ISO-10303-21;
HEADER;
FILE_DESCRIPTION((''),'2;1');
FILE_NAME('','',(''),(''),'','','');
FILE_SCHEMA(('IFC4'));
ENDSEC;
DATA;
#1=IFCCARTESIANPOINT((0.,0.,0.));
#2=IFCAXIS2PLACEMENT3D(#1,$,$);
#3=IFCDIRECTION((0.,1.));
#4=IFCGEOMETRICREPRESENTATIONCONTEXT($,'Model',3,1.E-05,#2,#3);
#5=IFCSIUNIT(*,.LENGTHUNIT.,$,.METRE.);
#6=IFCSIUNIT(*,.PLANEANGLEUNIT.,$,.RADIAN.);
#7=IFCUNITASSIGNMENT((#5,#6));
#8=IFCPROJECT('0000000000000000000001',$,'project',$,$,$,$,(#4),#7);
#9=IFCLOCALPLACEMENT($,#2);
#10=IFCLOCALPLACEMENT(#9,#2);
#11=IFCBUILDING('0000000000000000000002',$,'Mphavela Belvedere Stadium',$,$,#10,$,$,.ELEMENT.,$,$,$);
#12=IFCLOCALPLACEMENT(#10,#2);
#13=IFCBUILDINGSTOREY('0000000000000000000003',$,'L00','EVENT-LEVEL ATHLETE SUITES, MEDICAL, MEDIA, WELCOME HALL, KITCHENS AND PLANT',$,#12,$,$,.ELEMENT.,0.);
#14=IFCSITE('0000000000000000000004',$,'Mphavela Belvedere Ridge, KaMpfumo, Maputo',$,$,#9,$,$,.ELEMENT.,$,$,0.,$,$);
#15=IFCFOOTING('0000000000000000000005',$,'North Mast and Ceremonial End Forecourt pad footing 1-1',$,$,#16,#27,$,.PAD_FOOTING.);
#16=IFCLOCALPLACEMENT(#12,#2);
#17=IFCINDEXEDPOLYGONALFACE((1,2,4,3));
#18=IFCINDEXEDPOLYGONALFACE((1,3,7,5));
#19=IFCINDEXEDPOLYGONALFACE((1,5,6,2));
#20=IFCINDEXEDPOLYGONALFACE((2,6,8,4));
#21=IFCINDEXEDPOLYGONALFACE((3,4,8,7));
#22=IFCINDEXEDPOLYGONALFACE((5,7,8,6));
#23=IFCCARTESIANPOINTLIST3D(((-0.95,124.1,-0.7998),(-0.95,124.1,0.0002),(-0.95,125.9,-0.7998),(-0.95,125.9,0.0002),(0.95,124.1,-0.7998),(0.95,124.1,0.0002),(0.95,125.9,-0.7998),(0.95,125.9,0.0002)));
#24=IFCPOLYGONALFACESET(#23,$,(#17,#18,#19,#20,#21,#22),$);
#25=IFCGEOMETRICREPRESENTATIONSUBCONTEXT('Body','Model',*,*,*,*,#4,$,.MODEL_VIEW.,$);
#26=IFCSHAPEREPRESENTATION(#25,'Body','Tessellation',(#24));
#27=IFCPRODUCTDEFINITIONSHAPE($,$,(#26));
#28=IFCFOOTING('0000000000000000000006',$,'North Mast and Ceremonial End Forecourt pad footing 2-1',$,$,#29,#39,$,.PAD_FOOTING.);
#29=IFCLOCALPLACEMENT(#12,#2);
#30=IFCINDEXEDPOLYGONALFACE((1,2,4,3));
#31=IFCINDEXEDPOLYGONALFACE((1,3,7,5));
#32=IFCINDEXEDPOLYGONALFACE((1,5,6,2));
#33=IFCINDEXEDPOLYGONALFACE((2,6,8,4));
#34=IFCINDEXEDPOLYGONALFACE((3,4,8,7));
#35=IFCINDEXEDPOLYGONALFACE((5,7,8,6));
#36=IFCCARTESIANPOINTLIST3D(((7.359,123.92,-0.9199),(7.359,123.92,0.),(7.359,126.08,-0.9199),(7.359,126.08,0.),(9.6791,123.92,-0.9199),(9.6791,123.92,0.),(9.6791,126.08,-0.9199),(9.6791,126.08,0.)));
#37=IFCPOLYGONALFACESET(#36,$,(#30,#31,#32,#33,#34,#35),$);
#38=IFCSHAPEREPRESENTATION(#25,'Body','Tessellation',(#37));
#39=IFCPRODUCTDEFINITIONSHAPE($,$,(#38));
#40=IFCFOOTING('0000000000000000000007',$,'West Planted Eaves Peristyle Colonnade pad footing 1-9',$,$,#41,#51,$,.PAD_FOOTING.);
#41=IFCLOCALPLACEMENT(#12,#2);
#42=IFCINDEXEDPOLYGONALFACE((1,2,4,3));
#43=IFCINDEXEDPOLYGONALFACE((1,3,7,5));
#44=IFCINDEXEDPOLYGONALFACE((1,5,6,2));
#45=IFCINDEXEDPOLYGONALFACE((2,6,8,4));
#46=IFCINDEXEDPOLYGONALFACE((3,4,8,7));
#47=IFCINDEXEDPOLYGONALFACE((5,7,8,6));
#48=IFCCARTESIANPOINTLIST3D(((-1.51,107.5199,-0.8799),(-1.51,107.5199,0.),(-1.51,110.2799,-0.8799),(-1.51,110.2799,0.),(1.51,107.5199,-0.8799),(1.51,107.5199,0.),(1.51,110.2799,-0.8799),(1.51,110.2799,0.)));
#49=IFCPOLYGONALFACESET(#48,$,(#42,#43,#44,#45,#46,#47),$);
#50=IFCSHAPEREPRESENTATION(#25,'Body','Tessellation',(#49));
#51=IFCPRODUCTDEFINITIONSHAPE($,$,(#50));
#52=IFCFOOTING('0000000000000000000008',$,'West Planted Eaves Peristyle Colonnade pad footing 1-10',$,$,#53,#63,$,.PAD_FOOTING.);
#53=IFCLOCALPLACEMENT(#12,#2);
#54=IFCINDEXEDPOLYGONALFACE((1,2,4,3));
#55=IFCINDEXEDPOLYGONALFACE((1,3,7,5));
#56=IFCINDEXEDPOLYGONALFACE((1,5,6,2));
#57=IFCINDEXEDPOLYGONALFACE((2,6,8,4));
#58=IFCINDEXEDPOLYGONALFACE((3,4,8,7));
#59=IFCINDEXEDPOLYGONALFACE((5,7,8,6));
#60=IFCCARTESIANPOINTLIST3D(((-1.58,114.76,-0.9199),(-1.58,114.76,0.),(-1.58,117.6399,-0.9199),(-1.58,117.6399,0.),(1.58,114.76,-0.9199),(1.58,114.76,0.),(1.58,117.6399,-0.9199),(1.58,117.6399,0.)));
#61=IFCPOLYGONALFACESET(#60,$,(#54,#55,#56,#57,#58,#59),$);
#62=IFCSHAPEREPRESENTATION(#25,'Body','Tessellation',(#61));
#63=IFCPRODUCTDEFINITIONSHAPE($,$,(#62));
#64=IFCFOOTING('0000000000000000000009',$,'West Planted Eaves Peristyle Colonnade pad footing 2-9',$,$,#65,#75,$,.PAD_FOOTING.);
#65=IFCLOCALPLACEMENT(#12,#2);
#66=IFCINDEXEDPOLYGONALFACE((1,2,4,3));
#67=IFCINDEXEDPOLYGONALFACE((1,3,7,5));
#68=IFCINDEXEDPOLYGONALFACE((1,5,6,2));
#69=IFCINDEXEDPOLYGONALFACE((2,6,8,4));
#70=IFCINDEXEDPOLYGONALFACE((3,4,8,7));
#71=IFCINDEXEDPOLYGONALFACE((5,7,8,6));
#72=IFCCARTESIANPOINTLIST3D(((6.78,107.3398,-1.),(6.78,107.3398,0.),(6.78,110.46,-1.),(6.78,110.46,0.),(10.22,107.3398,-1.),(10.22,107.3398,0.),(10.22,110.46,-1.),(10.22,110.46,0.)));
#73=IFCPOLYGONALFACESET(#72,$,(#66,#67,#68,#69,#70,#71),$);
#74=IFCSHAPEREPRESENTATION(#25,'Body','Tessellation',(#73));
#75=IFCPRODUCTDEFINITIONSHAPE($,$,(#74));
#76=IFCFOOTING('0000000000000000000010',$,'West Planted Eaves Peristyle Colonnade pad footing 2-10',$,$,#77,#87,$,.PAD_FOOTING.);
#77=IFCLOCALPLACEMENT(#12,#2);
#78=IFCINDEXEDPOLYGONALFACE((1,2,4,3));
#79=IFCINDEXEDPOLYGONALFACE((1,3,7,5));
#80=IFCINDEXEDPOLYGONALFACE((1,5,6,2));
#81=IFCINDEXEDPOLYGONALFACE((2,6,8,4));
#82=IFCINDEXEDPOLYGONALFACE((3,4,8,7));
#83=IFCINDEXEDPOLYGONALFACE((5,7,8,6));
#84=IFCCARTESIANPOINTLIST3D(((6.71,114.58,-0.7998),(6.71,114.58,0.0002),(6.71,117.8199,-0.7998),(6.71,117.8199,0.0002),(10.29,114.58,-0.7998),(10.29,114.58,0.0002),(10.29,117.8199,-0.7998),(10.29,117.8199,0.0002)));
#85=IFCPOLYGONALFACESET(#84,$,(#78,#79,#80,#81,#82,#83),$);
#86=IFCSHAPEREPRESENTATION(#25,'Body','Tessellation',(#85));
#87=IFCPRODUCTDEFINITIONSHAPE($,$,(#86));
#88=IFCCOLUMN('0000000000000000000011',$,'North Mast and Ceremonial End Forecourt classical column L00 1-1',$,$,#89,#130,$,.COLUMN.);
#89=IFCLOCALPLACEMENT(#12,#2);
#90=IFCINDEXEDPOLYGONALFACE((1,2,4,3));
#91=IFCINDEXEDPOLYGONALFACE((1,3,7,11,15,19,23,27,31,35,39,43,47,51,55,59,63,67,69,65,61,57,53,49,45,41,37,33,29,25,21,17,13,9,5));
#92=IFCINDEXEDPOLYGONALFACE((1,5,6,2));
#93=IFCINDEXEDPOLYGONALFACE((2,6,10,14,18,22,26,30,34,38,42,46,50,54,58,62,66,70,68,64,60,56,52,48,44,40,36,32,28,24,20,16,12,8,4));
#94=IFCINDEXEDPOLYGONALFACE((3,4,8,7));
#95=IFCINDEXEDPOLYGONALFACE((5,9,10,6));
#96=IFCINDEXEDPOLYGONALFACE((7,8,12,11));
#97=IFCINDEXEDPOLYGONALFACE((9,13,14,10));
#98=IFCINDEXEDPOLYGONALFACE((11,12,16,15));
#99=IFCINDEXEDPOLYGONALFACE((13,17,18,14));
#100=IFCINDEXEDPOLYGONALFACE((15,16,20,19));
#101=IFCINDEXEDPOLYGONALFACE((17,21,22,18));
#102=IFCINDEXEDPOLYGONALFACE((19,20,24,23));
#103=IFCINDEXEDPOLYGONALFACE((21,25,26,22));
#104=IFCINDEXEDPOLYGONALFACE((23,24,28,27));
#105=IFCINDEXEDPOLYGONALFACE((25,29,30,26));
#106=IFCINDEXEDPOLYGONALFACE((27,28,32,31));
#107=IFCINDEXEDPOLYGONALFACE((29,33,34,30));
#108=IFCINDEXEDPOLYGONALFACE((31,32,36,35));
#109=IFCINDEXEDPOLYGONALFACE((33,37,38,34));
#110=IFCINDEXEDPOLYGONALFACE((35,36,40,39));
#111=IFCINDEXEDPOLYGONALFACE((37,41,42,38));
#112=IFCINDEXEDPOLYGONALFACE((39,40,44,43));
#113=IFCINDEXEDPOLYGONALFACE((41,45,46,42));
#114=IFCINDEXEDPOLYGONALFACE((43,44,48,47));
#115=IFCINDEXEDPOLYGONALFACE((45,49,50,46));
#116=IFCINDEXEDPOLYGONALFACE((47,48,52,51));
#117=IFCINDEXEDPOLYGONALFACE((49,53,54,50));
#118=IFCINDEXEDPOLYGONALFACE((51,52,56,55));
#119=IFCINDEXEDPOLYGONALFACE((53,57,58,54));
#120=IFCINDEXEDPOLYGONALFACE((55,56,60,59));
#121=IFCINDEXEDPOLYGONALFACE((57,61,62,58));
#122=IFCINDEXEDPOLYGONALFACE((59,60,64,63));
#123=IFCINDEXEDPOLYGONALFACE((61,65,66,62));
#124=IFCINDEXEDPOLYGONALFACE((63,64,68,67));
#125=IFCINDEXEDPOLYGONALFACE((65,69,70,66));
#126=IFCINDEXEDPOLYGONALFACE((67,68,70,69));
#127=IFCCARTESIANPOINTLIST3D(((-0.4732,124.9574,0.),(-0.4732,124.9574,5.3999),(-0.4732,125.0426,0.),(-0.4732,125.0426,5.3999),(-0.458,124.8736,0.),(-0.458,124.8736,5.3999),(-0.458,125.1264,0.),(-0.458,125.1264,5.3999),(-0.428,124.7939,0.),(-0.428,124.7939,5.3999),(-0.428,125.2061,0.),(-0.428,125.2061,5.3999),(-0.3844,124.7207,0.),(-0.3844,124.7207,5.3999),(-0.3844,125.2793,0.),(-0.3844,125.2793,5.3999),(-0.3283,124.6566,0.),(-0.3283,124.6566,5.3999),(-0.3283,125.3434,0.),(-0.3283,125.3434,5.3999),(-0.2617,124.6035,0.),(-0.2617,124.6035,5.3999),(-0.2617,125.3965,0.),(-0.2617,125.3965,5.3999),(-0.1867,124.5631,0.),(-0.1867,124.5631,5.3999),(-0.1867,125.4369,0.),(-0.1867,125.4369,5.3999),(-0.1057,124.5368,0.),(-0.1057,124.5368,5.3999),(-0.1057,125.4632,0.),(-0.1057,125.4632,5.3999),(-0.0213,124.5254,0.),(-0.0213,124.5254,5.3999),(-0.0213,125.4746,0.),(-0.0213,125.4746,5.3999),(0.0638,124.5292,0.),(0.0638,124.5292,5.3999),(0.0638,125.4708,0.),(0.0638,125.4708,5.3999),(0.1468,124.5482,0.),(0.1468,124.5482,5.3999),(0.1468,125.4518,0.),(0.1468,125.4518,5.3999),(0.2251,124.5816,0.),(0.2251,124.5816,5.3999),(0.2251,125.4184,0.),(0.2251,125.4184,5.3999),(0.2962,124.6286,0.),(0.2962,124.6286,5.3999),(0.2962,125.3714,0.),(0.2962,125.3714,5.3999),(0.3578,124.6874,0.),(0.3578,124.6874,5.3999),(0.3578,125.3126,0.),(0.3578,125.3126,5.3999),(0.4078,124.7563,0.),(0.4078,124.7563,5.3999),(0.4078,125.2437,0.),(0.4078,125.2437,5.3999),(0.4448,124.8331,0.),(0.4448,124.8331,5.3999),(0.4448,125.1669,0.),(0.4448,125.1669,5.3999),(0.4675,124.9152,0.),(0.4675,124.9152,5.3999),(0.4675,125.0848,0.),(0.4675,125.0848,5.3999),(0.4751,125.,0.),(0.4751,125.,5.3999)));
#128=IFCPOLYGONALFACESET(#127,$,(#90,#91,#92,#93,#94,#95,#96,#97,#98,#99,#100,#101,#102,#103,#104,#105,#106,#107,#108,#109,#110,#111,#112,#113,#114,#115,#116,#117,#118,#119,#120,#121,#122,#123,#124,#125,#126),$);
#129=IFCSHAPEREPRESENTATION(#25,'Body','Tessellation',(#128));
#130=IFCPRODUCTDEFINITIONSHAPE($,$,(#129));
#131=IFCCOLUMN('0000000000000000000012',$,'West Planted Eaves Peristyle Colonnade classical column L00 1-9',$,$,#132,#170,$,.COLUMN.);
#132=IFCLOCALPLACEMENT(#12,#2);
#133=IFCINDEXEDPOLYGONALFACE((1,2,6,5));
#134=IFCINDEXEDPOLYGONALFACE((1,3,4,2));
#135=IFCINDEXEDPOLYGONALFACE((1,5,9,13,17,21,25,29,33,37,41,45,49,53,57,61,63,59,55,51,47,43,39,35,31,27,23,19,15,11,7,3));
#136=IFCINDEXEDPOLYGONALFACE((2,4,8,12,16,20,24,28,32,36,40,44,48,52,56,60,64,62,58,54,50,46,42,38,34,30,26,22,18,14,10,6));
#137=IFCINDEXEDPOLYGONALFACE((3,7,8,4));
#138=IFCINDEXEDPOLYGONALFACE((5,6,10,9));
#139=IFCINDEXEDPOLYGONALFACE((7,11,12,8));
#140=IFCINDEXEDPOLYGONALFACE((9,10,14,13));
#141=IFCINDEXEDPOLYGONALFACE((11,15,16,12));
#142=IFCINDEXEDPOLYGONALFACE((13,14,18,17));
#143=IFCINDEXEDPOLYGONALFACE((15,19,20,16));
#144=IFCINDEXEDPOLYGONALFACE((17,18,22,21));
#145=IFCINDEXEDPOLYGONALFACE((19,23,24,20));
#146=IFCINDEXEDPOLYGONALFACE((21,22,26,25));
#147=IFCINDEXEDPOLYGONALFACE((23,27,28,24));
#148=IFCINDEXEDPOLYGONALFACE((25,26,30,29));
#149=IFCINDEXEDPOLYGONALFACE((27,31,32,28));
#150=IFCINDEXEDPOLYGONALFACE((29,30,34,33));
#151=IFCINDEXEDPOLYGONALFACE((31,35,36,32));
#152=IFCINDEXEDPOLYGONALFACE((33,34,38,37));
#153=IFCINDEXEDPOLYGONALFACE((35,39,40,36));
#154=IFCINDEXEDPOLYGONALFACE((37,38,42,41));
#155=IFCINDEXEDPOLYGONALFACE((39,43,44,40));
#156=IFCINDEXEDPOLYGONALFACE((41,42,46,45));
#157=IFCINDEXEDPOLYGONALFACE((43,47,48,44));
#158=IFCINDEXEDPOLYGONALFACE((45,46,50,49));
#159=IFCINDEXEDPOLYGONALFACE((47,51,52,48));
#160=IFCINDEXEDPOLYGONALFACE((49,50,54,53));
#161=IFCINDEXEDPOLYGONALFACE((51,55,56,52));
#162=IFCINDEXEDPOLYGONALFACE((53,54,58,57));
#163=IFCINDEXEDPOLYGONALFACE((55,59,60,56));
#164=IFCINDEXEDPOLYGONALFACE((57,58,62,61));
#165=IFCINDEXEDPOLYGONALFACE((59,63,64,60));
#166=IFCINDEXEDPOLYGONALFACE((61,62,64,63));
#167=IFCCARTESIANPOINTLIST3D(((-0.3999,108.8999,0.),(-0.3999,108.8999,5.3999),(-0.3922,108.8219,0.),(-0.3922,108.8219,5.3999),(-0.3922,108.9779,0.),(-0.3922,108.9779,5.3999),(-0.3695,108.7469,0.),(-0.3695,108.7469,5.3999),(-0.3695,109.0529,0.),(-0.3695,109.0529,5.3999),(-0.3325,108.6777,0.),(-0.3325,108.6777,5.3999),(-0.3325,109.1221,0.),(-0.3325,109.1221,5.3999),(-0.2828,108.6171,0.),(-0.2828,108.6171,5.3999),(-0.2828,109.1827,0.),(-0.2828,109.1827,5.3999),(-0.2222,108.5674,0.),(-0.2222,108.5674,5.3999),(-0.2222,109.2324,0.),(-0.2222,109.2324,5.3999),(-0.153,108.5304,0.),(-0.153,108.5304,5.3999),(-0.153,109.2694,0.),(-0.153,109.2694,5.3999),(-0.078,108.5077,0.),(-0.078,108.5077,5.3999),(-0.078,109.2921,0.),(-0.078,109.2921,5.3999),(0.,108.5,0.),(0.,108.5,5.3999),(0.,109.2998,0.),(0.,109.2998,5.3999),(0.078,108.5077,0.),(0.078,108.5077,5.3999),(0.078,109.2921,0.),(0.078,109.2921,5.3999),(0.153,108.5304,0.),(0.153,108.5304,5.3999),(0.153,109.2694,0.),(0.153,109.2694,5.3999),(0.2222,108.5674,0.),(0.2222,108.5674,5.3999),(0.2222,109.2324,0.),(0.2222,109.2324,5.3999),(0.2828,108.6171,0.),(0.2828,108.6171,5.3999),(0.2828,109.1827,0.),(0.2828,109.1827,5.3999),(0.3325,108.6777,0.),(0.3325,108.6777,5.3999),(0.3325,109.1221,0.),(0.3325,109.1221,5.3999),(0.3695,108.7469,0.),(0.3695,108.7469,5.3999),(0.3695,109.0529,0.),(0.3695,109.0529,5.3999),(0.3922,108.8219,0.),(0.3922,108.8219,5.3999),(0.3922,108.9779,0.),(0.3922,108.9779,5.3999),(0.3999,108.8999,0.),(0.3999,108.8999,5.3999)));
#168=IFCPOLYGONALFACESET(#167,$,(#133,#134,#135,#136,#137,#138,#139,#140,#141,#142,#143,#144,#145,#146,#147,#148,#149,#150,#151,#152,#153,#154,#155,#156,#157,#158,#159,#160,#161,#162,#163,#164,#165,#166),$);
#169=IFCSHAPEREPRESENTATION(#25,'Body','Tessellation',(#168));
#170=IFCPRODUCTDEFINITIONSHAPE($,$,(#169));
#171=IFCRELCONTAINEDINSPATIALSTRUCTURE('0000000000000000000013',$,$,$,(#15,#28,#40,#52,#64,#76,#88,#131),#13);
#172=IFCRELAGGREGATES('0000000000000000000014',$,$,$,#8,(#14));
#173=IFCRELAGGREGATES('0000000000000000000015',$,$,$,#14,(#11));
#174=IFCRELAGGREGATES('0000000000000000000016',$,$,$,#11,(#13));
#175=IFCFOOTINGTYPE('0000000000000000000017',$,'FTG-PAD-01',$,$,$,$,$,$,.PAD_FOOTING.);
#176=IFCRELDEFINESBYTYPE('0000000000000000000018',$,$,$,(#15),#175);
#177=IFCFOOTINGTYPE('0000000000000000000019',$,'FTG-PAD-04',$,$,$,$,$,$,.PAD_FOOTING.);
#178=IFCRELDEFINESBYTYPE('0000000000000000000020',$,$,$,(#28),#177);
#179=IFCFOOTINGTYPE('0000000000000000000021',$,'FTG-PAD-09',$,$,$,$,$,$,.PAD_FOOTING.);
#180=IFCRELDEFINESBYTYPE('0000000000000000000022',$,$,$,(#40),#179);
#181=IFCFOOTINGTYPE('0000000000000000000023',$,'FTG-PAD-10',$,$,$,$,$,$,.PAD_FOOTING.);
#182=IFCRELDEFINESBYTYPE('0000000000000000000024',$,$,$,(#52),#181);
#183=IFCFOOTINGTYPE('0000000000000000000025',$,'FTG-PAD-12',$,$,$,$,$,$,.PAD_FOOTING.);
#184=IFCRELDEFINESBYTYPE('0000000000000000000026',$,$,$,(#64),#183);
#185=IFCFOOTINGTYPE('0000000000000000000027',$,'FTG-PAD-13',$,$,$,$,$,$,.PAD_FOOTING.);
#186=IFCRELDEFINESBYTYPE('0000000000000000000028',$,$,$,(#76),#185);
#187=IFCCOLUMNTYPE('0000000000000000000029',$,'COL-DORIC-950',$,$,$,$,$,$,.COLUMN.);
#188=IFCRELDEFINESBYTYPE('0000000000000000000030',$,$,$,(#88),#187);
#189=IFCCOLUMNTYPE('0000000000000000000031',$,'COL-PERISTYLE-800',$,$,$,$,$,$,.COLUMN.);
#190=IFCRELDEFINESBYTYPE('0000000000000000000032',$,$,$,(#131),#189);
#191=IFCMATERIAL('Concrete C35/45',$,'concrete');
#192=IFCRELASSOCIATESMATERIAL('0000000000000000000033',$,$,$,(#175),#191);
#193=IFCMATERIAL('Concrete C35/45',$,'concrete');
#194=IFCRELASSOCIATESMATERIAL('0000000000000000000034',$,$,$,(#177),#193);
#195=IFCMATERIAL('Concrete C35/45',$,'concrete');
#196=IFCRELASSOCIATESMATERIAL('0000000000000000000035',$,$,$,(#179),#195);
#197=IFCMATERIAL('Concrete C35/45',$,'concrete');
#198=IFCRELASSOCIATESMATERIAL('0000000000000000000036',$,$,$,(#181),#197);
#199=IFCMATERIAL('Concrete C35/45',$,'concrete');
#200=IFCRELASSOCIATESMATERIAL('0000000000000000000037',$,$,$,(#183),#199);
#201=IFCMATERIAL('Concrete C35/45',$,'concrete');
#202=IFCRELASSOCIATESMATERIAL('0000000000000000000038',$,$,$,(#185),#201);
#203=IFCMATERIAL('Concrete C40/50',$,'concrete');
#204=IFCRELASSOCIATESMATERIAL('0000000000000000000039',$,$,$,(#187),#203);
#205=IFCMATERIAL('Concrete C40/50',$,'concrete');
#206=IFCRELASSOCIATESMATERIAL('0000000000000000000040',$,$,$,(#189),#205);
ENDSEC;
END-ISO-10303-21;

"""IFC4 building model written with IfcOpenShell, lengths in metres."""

from ifc_helpers import new_model, si_unit, direction, frame, origin, origin_2d, place, context, subcontext, project, spatial, rectangle, circle, extrude, material, material_profile, profile_set, type_object, element, save


model = new_model("IFC4")

# Units and contexts
model_context = context("Model", 3, precision=1e-05, world=origin(), true_north=direction((0.0, 1.0)))
body_context = subcontext(model_context, "Body", "Model", "MODEL_VIEW")
ifc_project = project(units=[si_unit("LENGTHUNIT", "METRE"), si_unit("PLANEANGLEUNIT", "RADIAN")], contexts=[model_context])

# Site, building, storey
site_placement = place(None, origin())
site = spatial("IfcSite", under=ifc_project, at=site_placement, Name="Mphavela Belvedere Ridge, KaMpfumo, Maputo", CompositionType="ELEMENT", RefElevation=0.0)
building_placement = place(site_placement, origin())
building = spatial("IfcBuilding", under=site, at=building_placement, Name="Mphavela Belvedere Stadium", CompositionType="ELEMENT")
storey_placement = place(building_placement, origin())
storey = spatial("IfcBuildingStorey", under=building, at=storey_placement, Name="L00", Description="EVENT-LEVEL ATHLETE SUITES, MEDICAL, MEDIA, WELCOME HALL, KITCHENS AND PLANT", CompositionType="ELEMENT", Elevation=0.0)

# Footings
ifc_material_1 = material(Name="Concrete C35/45", Category="concrete")
footing_type_1 = type_object("IfcFootingType", Name="FTG-PAD-01", PredefinedType="PAD_FOOTING", material=ifc_material_1)
footing_1_placement = place(storey_placement, frame((0.0, 125.0, -0.7998), z_axis=(0.0, 0.0, 1.0), x_axis=(1.0, 0.0, 0.0)))
element("IfcFooting", 1, at=footing_1_placement, inside=storey, type_object=footing_type_1, Name="North Mast and Ceremonial End Forecourt pad footing 1-1", PredefinedType="PAD_FOOTING", context=body_context, shape_type="SweptSolid", body=[
    extrude(rectangle(XDim=1.8999, YDim=1.8, at=origin_2d()), origin(), (0.0, 0.0, 1.0), 0.8),
])
ifc_material_2 = material(Name="Concrete C35/45", Category="concrete")
footing_type_2 = type_object("IfcFootingType", Name="FTG-PAD-04", PredefinedType="PAD_FOOTING", material=ifc_material_2)
footing_2_placement = place(storey_placement, frame((8.519, 125.0, -0.9199), z_axis=(0.0, 0.0, 1.0), x_axis=(1.0, 0.0, 0.0)))
element("IfcFooting", 2, at=footing_2_placement, inside=storey, type_object=footing_type_2, Name="North Mast and Ceremonial End Forecourt pad footing 2-1", PredefinedType="PAD_FOOTING", context=body_context, shape_type="SweptSolid", body=[
    extrude(rectangle(XDim=2.3201, YDim=2.1599, at=origin_2d()), origin(), (0.0, 0.0, 1.0), 0.9199),
])
ifc_material_3 = material(Name="Concrete C35/45", Category="concrete")
footing_type_3 = type_object("IfcFootingType", Name="FTG-PAD-09", PredefinedType="PAD_FOOTING", material=ifc_material_3)
footing_3_placement = place(storey_placement, frame((0.0, 108.8999, -0.8799), z_axis=(0.0, 0.0, 1.0), x_axis=(1.0, 0.0, 0.0)))
element("IfcFooting", 3, at=footing_3_placement, inside=storey, type_object=footing_type_3, Name="West Planted Eaves Peristyle Colonnade pad footing 1-9", PredefinedType="PAD_FOOTING", context=body_context, shape_type="SweptSolid", body=[
    extrude(rectangle(XDim=3.02, YDim=2.76, at=origin_2d()), origin(), (0.0, 0.0, 1.0), 0.8799),
])
ifc_material_4 = material(Name="Concrete C35/45", Category="concrete")
footing_type_4 = type_object("IfcFootingType", Name="FTG-PAD-10", PredefinedType="PAD_FOOTING", material=ifc_material_4)
footing_4_placement = place(storey_placement, frame((0.0, 116.2, -0.9199), z_axis=(0.0, 0.0, 1.0), x_axis=(1.0, 0.0, 0.0)))
element("IfcFooting", 4, at=footing_4_placement, inside=storey, type_object=footing_type_4, Name="West Planted Eaves Peristyle Colonnade pad footing 1-10", PredefinedType="PAD_FOOTING", context=body_context, shape_type="SweptSolid", body=[
    extrude(rectangle(XDim=3.1599, YDim=2.8799, at=origin_2d()), origin(), (0.0, 0.0, 1.0), 0.9199),
])
ifc_material_5 = material(Name="Concrete C35/45", Category="concrete")
footing_type_5 = type_object("IfcFootingType", Name="FTG-PAD-12", PredefinedType="PAD_FOOTING", material=ifc_material_5)
footing_5_placement = place(storey_placement, frame((8.5, 108.8999, -1.0), z_axis=(0.0, 0.0, 1.0), x_axis=(1.0, 0.0, 0.0)))
element("IfcFooting", 5, at=footing_5_placement, inside=storey, type_object=footing_type_5, Name="West Planted Eaves Peristyle Colonnade pad footing 2-9", PredefinedType="PAD_FOOTING", context=body_context, shape_type="SweptSolid", body=[
    extrude(rectangle(XDim=3.4399, YDim=3.1201, at=origin_2d()), origin(), (0.0, 0.0, 1.0), 1.0),
])
ifc_material_6 = material(Name="Concrete C35/45", Category="concrete")
footing_type_6 = type_object("IfcFootingType", Name="FTG-PAD-13", PredefinedType="PAD_FOOTING", material=ifc_material_6)
footing_6_placement = place(storey_placement, frame((8.5, 116.2, -0.7998), z_axis=(0.0, 0.0, 1.0), x_axis=(1.0, 0.0, 0.0)))
element("IfcFooting", 6, at=footing_6_placement, inside=storey, type_object=footing_type_6, Name="West Planted Eaves Peristyle Colonnade pad footing 2-10", PredefinedType="PAD_FOOTING", context=body_context, shape_type="SweptSolid", body=[
    extrude(rectangle(XDim=3.5801, YDim=3.24, at=origin_2d()), origin(), (0.0, 0.0, 1.0), 0.8),
])

# Columns
ifc_material_7 = material(Name="Concrete C40/50", Category="concrete")
ifc_material_profile_1 = material_profile(ifc_material_7, circle(Radius=0.4751, at=origin_2d()), Name="COL D950")
ifc_profile_set_1 = profile_set([ifc_material_profile_1], Name="Concrete C40/50")
column_type_1 = type_object("IfcColumnType", Name="COL-DORIC-950", PredefinedType="COLUMN", material=ifc_profile_set_1)
column_placement = place(storey_placement, frame((0.0, 125.0, 0.0), z_axis=(0.0, 0.0, 1.0), x_axis=(1.0, 0.0, 0.0)))
element("IfcColumn", 7, at=column_placement, inside=storey, type_object=column_type_1, Name="North Mast and Ceremonial End Forecourt classical column L00 1-1", PredefinedType="COLUMN", context=body_context, shape_type="SweptSolid", body=[
    extrude(circle(Radius=0.4751, at=origin_2d()), origin(), (0.0, 0.0, 1.0), 5.3999),
])
ifc_material_8 = material(Name="Concrete C40/50", Category="concrete")
ifc_material_profile_2 = material_profile(ifc_material_8, circle(Radius=0.3999, at=origin_2d()), Name="COL D800")
ifc_profile_set_2 = profile_set([ifc_material_profile_2], Name="Concrete C40/50")
column_type_2 = type_object("IfcColumnType", Name="COL-PERISTYLE-800", PredefinedType="COLUMN", material=ifc_profile_set_2)
for number, where, z_axis, x_axis, name in (
    (8, (0.0, 108.8999, 0.0), (0.0, 0.0, 1.0), (1.0, 0.0, 0.0), "West Planted Eaves Peristyle Colonnade classical column L00 1-9"),
):
    element("IfcColumn", number, at=place(storey_placement, frame(where, z_axis=z_axis, x_axis=x_axis)), inside=storey, type_object=column_type_2, Name=name, PredefinedType="COLUMN", context=body_context, shape_type="SweptSolid", body=[
        extrude(circle(Radius=0.3999, at=origin_2d()), origin(), (0.0, 0.0, 1.0), 5.3999),
    ])

save(model, "model.ifc")
